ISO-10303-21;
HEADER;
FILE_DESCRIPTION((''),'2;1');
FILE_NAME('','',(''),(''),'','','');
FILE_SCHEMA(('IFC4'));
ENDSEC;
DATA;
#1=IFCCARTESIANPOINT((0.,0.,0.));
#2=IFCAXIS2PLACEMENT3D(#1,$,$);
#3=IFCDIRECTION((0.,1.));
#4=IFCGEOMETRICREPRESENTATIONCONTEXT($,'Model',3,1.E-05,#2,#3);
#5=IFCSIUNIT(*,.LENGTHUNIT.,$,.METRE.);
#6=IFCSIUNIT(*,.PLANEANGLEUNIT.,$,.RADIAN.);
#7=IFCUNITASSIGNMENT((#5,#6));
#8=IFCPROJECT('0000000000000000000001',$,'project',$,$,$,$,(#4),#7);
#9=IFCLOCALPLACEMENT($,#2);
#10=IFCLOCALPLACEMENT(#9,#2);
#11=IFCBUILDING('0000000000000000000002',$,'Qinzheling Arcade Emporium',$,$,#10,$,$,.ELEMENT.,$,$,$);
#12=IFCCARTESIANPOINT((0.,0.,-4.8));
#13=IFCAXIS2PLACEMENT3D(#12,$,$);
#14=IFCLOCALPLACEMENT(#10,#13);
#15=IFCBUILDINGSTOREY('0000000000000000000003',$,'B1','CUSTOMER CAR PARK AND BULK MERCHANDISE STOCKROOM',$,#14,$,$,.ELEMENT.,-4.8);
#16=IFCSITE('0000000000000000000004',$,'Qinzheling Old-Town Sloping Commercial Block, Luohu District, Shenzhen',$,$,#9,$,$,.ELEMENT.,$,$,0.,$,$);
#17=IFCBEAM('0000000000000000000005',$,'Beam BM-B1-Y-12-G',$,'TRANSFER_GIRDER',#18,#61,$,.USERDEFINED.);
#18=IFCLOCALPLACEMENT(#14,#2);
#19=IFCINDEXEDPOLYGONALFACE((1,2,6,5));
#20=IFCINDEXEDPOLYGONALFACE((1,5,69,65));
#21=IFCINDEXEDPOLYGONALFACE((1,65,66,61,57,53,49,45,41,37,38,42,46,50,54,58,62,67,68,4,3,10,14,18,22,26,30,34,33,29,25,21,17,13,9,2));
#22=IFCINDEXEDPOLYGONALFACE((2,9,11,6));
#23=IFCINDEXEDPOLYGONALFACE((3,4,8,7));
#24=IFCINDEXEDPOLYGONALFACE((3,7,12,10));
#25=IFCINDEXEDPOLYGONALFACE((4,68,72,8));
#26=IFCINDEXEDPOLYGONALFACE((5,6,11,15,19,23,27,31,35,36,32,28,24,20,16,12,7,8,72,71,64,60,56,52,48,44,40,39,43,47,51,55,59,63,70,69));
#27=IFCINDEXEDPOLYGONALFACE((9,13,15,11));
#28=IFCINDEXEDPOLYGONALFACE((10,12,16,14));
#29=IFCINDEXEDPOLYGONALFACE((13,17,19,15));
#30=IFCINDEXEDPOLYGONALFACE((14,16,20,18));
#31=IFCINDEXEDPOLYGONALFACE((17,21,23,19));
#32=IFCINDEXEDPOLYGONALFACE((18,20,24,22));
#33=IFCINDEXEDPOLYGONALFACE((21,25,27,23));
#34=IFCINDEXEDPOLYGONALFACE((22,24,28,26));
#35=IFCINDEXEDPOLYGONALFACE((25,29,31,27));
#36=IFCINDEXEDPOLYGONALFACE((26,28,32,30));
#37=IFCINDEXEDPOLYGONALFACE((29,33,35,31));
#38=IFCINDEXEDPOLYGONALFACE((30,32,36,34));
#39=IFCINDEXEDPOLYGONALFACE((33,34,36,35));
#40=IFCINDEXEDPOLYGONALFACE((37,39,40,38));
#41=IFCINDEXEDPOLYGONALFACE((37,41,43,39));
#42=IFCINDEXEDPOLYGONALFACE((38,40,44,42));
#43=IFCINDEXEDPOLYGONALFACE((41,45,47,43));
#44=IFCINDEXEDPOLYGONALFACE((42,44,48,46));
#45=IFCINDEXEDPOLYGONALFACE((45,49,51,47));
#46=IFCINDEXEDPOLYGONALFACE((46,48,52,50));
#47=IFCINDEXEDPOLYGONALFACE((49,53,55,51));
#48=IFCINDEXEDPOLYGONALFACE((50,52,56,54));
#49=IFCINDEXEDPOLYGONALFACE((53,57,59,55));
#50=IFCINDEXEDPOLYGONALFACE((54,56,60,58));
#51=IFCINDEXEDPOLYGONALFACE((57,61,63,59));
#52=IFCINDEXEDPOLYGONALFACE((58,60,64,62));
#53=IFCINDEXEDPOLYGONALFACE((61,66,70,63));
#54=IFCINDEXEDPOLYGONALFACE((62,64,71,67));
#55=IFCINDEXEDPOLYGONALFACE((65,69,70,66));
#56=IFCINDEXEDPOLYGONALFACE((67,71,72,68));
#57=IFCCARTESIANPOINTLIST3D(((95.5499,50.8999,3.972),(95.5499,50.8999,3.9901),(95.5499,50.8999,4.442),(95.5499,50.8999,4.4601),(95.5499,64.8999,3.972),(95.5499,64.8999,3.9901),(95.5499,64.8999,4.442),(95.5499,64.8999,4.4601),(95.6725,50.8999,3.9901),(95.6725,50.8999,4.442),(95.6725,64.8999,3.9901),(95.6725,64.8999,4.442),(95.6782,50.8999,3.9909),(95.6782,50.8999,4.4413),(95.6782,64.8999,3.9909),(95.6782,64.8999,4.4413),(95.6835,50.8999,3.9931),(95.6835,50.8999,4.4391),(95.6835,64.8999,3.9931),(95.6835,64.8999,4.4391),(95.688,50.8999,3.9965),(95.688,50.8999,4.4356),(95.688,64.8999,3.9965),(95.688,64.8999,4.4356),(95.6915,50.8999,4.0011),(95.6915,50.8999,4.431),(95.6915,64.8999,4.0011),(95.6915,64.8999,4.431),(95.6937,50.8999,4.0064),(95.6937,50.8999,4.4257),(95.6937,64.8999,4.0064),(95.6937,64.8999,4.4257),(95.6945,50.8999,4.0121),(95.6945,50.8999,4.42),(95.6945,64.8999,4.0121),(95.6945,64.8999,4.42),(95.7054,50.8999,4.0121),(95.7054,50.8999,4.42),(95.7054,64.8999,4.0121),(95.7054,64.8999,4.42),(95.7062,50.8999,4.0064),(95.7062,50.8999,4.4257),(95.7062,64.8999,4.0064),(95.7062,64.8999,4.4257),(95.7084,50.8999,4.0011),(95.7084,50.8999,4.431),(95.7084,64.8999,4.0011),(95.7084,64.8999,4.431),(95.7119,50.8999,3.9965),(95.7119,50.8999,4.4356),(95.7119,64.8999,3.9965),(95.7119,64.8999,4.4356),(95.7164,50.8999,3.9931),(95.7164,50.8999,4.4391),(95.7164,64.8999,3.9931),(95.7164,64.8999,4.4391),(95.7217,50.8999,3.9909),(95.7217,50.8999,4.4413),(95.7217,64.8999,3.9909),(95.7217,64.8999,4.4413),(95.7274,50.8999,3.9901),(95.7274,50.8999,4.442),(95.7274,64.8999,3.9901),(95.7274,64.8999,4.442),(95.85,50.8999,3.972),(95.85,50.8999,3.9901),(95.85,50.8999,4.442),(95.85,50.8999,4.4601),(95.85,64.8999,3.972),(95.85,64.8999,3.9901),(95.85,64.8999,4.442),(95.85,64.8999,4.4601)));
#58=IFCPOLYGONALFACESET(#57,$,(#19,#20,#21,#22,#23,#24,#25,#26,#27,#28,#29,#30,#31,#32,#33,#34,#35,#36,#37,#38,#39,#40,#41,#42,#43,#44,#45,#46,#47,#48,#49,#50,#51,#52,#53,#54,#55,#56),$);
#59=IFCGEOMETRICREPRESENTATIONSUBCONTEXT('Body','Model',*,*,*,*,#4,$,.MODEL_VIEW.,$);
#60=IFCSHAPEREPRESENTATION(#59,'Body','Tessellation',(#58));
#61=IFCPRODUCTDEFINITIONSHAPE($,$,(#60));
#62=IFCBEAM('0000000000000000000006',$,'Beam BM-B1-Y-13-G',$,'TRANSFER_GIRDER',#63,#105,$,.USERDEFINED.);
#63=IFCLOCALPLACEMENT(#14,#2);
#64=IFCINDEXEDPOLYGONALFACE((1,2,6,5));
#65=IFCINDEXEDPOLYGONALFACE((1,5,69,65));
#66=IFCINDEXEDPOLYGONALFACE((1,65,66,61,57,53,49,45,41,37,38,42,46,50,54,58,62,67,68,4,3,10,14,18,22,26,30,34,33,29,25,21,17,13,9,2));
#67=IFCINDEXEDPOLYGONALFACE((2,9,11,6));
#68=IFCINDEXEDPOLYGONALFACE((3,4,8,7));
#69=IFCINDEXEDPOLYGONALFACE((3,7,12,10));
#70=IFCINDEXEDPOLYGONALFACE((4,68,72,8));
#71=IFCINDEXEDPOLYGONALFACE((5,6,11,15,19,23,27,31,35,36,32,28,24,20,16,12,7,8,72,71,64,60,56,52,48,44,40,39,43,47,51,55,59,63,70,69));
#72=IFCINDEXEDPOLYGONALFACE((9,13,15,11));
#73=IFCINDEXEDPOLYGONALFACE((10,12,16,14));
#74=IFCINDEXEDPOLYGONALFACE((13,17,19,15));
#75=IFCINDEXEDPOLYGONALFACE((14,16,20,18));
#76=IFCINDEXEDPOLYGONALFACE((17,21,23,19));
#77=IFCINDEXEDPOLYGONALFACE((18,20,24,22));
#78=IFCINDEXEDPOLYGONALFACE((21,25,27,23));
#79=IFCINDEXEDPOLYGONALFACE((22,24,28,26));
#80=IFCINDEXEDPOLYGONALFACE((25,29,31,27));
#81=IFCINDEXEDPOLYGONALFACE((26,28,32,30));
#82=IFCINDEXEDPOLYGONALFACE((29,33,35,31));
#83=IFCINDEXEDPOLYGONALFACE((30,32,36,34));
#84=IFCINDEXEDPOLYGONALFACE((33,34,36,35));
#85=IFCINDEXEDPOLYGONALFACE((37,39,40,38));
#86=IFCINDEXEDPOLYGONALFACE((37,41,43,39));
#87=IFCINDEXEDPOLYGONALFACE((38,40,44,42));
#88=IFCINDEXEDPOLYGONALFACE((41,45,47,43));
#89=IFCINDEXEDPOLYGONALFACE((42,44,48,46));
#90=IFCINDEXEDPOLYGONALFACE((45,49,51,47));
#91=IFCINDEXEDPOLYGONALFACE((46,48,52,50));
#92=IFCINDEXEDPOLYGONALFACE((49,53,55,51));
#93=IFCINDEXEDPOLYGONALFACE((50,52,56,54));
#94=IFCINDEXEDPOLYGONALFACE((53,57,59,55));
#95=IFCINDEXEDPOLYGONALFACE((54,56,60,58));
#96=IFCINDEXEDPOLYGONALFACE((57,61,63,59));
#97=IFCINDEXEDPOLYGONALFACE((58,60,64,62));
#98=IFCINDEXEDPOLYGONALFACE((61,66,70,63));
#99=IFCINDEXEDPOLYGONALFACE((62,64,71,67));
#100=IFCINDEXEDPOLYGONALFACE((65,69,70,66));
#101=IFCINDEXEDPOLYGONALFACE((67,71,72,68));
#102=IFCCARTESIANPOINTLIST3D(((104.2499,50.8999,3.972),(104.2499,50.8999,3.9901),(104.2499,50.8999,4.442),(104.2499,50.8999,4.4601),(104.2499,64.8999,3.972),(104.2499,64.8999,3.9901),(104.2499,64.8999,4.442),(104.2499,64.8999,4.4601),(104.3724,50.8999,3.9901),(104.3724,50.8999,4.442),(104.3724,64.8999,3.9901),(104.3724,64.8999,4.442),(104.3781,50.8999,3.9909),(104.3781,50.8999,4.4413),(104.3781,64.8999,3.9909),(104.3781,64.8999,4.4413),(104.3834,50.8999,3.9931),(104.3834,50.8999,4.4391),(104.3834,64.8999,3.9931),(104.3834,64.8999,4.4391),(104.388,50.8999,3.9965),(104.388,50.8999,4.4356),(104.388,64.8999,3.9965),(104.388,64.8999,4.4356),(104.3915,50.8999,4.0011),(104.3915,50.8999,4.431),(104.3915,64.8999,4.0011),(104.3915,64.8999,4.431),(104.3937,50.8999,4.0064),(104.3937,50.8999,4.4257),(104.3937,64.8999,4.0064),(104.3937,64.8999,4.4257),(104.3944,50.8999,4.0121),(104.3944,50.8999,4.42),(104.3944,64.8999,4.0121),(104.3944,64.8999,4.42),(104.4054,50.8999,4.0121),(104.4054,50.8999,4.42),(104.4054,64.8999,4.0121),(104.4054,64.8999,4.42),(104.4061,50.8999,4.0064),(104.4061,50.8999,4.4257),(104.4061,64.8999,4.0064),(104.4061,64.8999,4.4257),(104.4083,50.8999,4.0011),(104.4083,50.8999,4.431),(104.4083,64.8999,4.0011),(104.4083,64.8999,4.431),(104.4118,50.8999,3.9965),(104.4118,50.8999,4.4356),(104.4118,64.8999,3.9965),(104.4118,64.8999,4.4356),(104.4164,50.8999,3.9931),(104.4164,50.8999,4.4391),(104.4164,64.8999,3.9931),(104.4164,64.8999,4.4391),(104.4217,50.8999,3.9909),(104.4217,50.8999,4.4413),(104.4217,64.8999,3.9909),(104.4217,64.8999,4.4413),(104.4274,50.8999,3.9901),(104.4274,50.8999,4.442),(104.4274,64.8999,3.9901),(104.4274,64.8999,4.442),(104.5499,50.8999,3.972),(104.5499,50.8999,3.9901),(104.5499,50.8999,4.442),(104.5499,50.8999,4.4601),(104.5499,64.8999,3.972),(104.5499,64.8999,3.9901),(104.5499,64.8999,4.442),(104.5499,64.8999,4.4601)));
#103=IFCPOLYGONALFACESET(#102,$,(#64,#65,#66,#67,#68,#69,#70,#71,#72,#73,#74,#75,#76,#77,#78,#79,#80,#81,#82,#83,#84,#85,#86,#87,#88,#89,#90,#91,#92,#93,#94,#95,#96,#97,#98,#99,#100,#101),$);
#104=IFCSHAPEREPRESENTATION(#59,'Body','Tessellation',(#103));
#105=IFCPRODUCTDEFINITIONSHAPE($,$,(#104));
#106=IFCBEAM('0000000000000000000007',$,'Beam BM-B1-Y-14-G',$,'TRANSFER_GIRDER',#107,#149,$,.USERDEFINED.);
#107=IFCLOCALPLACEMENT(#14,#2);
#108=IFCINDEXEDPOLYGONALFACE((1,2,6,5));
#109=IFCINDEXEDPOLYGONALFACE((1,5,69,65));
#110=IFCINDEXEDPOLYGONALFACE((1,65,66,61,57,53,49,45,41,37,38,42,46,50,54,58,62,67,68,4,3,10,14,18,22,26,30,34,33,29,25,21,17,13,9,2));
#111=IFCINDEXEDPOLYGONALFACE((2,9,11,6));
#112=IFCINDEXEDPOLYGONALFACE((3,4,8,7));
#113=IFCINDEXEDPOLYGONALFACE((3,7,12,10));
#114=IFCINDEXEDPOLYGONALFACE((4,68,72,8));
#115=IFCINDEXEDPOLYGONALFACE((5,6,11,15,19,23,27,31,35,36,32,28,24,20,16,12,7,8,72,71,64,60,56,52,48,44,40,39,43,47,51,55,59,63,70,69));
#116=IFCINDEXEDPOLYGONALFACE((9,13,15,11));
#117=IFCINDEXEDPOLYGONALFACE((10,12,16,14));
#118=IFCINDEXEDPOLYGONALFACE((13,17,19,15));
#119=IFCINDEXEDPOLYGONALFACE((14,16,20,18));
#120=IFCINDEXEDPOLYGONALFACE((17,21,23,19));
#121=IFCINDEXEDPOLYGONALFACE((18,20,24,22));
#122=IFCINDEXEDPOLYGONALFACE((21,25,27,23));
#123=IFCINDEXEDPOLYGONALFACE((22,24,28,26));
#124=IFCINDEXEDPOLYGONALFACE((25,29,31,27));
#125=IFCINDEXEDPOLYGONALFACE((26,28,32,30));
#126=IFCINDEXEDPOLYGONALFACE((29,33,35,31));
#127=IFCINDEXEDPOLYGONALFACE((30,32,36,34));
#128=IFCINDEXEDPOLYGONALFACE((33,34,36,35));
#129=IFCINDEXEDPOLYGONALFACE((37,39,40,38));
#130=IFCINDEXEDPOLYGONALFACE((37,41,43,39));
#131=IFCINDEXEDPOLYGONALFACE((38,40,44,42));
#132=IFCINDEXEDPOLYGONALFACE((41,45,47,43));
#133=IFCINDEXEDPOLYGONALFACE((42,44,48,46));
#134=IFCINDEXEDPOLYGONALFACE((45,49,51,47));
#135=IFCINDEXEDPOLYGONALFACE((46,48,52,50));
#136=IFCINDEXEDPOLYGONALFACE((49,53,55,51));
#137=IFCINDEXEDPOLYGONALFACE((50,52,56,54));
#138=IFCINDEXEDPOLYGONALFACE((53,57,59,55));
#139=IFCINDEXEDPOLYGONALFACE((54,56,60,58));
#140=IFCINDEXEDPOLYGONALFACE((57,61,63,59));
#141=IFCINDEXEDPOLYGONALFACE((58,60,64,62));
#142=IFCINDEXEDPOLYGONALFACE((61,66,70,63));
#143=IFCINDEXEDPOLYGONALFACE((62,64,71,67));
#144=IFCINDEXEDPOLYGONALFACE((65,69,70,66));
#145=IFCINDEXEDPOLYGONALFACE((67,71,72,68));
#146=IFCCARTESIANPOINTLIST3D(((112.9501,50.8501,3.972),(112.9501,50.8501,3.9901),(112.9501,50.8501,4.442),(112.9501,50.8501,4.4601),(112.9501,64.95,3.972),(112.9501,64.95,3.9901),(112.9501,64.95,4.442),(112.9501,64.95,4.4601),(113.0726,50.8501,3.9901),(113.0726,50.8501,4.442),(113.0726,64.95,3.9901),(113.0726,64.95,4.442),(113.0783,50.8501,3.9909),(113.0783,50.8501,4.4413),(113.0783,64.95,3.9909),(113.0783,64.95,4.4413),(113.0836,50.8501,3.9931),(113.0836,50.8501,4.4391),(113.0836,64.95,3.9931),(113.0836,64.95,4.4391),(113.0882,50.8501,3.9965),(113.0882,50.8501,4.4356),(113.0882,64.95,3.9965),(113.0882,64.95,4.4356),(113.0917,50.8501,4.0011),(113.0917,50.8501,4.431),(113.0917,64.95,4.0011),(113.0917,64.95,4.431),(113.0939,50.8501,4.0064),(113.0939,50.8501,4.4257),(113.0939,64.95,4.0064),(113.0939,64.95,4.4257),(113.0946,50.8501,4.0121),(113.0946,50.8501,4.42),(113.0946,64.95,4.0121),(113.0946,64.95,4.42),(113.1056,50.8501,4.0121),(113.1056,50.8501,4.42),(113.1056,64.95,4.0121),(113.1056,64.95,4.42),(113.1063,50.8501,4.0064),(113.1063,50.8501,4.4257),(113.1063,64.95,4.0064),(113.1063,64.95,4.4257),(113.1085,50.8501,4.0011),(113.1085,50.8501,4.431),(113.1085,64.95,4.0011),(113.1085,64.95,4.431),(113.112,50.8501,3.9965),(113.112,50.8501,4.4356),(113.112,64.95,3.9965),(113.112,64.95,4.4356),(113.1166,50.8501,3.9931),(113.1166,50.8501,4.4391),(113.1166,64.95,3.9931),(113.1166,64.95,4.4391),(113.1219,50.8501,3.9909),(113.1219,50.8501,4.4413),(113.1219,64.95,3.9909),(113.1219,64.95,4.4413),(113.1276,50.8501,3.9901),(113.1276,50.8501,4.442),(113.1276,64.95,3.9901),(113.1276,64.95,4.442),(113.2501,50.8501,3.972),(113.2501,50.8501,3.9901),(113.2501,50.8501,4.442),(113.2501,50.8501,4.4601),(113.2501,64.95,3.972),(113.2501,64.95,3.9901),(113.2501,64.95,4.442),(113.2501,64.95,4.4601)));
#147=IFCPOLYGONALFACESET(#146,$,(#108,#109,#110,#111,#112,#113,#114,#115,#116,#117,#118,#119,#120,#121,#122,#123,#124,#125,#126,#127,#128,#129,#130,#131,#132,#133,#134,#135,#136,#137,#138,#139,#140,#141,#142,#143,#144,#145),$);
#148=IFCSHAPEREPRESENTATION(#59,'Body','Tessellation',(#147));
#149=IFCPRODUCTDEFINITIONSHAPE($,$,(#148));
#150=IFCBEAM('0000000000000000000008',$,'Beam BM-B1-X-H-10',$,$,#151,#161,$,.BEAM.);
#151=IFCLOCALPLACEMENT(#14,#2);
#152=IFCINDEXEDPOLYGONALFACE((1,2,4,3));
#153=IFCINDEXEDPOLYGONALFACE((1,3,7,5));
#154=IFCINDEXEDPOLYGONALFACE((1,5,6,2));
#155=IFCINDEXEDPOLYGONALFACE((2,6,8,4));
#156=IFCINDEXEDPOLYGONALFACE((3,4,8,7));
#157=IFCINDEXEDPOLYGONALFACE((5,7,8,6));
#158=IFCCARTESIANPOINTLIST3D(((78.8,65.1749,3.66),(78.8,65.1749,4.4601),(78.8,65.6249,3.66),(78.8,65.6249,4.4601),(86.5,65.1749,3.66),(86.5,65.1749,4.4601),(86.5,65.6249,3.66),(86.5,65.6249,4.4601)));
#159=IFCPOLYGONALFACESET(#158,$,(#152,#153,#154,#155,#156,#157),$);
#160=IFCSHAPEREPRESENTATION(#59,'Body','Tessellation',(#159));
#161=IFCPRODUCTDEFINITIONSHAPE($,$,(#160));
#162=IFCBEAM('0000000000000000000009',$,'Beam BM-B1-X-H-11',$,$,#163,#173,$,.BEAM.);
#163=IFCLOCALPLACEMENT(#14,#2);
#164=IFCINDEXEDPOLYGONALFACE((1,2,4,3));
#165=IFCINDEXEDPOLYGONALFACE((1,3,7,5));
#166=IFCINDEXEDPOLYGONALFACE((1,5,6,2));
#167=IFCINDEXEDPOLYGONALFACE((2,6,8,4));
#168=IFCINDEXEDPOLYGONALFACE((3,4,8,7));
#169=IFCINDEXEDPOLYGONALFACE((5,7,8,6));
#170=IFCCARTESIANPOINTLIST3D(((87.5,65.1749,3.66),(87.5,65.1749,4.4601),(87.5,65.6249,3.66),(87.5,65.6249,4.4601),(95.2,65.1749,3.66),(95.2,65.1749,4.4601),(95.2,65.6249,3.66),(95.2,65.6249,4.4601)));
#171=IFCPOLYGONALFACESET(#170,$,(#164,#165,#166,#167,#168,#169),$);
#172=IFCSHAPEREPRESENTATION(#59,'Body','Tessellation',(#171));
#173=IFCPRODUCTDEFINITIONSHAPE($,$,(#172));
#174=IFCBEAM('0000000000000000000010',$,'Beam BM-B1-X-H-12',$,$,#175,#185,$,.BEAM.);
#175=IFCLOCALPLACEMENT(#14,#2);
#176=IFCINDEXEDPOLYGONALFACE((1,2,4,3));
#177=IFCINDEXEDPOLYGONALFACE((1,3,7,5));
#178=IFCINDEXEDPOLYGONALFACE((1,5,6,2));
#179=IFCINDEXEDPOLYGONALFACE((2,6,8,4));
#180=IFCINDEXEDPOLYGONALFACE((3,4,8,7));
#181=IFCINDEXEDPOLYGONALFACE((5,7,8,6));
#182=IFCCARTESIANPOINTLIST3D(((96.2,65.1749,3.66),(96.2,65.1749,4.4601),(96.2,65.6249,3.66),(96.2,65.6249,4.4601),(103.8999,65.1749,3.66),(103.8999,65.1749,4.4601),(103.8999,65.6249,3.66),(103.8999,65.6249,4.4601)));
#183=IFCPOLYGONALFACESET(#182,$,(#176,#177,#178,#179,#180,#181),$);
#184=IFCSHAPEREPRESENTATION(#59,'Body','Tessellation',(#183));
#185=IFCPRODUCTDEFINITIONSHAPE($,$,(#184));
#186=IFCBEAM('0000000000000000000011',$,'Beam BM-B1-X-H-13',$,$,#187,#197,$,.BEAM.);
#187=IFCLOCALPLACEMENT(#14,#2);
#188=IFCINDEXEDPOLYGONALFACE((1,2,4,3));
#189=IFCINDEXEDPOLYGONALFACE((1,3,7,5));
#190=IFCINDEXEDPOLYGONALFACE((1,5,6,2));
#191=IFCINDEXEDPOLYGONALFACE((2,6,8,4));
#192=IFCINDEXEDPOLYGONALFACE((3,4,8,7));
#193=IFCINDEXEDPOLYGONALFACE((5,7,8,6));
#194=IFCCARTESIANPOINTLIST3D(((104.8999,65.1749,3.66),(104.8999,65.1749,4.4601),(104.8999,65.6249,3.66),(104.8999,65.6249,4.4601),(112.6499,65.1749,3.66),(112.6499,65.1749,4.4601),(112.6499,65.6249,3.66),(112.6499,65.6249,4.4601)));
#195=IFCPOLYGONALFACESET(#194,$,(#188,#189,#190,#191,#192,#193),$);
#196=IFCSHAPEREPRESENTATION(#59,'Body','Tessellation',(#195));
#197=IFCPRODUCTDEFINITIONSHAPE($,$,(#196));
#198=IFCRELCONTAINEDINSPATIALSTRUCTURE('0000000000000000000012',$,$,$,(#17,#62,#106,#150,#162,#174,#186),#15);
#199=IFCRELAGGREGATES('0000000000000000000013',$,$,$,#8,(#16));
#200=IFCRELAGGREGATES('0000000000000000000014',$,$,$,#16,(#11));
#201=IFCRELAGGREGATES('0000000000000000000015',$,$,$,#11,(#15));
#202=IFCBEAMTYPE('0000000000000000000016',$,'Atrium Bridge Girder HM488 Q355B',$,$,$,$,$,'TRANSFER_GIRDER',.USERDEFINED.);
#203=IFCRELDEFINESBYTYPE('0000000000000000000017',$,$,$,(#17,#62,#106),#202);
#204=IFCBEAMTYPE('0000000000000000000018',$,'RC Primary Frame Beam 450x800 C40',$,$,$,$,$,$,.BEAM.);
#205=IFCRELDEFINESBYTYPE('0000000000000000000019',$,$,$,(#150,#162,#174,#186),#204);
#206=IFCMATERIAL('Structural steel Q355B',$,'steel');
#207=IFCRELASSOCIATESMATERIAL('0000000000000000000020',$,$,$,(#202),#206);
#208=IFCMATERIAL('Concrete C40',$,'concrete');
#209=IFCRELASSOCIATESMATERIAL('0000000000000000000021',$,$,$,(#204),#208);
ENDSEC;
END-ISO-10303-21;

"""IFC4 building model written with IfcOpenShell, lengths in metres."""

from ifc_helpers import new_model, si_unit, direction, frame, origin, origin_2d, place, context, subcontext, project, spatial, rectangle, i_section, extrude, material, material_profile, profile_set, type_object, element, save


model = new_model("IFC4")

# Units and contexts
model_context = context("Model", 3, precision=1e-05, world=origin(), true_north=direction((0.0, 1.0)))
body_context = subcontext(model_context, "Body", "Model", "MODEL_VIEW")
ifc_project = project(units=[si_unit("LENGTHUNIT", "METRE"), si_unit("PLANEANGLEUNIT", "RADIAN")], contexts=[model_context])

# Site, building, storey
site_placement = place(None, origin())
site = spatial("IfcSite", under=ifc_project, at=site_placement, Name="Qinzheling Old-Town Sloping Commercial Block, Luohu District, Shenzhen", CompositionType="ELEMENT", RefElevation=0.0)
building_placement = place(site_placement, origin())
building = spatial("IfcBuilding", under=site, at=building_placement, Name="Qinzheling Arcade Emporium", CompositionType="ELEMENT")
storey_placement = place(building_placement, frame((0.0, 0.0, -4.8)))
storey = spatial("IfcBuildingStorey", under=building, at=storey_placement, Name="B1", Description="CUSTOMER CAR PARK AND BULK MERCHANDISE STOCKROOM", CompositionType="ELEMENT", Elevation=-4.8)

# Beams
ifc_material_1 = material(Name="Structural steel Q355B", Category="steel")
ifc_material_profile_1 = material_profile(ifc_material_1, i_section(OverallWidth=0.3, OverallDepth=0.488, WebThickness=0.011, FlangeThickness=0.0181, FilletRadius=0.022, at=origin_2d()), Name="HM 488x300x11x18", Category="steel")
ifc_profile_set_1 = profile_set([ifc_material_profile_1], Name="Structural steel Q355B")
beam_type_1 = type_object("IfcBeamType", Name="Atrium Bridge Girder HM488 Q355B", ElementType="TRANSFER_GIRDER", PredefinedType="USERDEFINED", material=ifc_profile_set_1)
for number, where, z_axis, x_axis, name in (
    (1, (95.7, 50.8999, 4.2161), (0.0, 1.0, 0.0), (-1.0, 0.0, 0.0), "Beam BM-B1-Y-12-G"),
    (2, (104.3999, 50.8999, 4.2161), (0.0, 1.0, 0.0), (-1.0, 0.0, 0.0), "Beam BM-B1-Y-13-G"),
):
    element("IfcBeam", number, at=place(storey_placement, frame(where, z_axis=z_axis, x_axis=x_axis)), inside=storey, type_object=beam_type_1, Name=name, ObjectType="TRANSFER_GIRDER", PredefinedType="USERDEFINED", context=body_context, shape_type="SweptSolid", body=[
        extrude(i_section(OverallWidth=0.3, OverallDepth=0.488, WebThickness=0.011, FlangeThickness=0.0181, FilletRadius=0.022, at=origin_2d()), origin(), (0.0, 0.0, 1.0), 14.0),
    ])
beam_1_placement = place(storey_placement, frame((113.1001, 50.8501, 4.2161), z_axis=(0.0, 1.0, 0.0), x_axis=(-1.0, 0.0, 0.0)))
element("IfcBeam", 3, at=beam_1_placement, inside=storey, type_object=beam_type_1, Name="Beam BM-B1-Y-14-G", ObjectType="TRANSFER_GIRDER", PredefinedType="USERDEFINED", context=body_context, shape_type="SweptSolid", body=[
    extrude(i_section(OverallWidth=0.3, OverallDepth=0.488, WebThickness=0.011, FlangeThickness=0.0181, FilletRadius=0.022, at=origin_2d()), origin(), (0.0, 0.0, 1.0), 14.0999),
])
ifc_material_2 = material(Name="Concrete C40", Category="concrete")
ifc_material_profile_2 = material_profile(ifc_material_2, rectangle(XDim=0.45, YDim=0.8, at=origin_2d()), Name="RC 450x800", Category="concrete")
ifc_profile_set_2 = profile_set([ifc_material_profile_2], Name="Concrete C40")
beam_type_2 = type_object("IfcBeamType", Name="RC Primary Frame Beam 450x800 C40", PredefinedType="BEAM", material=ifc_profile_set_2)
for number, where, z_axis, x_axis, name in (
    (4, (78.8, 65.3999, 4.0601), (1.0, 0.0, 0.0), (0.0, 1.0, 0.0), "Beam BM-B1-X-H-10"),
    (5, (87.5, 65.3999, 4.0601), (1.0, 0.0, 0.0), (0.0, 1.0, 0.0), "Beam BM-B1-X-H-11"),
    (6, (96.2, 65.3999, 4.0601), (1.0, 0.0, 0.0), (0.0, 1.0, 0.0), "Beam BM-B1-X-H-12"),
):
    element("IfcBeam", number, at=place(storey_placement, frame(where, z_axis=z_axis, x_axis=x_axis)), inside=storey, type_object=beam_type_2, Name=name, PredefinedType="BEAM", context=body_context, shape_type="SweptSolid", body=[
        extrude(rectangle(XDim=0.45, YDim=0.8, at=origin_2d()), origin(), (0.0, 0.0, 1.0), 7.7),
    ])
beam_2_placement = place(storey_placement, frame((104.8999, 65.3999, 4.0601), z_axis=(1.0, 0.0, 0.0), x_axis=(0.0, 1.0, 0.0)))
element("IfcBeam", 7, at=beam_2_placement, inside=storey, type_object=beam_type_2, Name="Beam BM-B1-X-H-13", PredefinedType="BEAM", context=body_context, shape_type="SweptSolid", body=[
    extrude(rectangle(XDim=0.45, YDim=0.8, at=origin_2d()), origin(), (0.0, 0.0, 1.0), 7.75),
])

save(model, "model.ifc")
